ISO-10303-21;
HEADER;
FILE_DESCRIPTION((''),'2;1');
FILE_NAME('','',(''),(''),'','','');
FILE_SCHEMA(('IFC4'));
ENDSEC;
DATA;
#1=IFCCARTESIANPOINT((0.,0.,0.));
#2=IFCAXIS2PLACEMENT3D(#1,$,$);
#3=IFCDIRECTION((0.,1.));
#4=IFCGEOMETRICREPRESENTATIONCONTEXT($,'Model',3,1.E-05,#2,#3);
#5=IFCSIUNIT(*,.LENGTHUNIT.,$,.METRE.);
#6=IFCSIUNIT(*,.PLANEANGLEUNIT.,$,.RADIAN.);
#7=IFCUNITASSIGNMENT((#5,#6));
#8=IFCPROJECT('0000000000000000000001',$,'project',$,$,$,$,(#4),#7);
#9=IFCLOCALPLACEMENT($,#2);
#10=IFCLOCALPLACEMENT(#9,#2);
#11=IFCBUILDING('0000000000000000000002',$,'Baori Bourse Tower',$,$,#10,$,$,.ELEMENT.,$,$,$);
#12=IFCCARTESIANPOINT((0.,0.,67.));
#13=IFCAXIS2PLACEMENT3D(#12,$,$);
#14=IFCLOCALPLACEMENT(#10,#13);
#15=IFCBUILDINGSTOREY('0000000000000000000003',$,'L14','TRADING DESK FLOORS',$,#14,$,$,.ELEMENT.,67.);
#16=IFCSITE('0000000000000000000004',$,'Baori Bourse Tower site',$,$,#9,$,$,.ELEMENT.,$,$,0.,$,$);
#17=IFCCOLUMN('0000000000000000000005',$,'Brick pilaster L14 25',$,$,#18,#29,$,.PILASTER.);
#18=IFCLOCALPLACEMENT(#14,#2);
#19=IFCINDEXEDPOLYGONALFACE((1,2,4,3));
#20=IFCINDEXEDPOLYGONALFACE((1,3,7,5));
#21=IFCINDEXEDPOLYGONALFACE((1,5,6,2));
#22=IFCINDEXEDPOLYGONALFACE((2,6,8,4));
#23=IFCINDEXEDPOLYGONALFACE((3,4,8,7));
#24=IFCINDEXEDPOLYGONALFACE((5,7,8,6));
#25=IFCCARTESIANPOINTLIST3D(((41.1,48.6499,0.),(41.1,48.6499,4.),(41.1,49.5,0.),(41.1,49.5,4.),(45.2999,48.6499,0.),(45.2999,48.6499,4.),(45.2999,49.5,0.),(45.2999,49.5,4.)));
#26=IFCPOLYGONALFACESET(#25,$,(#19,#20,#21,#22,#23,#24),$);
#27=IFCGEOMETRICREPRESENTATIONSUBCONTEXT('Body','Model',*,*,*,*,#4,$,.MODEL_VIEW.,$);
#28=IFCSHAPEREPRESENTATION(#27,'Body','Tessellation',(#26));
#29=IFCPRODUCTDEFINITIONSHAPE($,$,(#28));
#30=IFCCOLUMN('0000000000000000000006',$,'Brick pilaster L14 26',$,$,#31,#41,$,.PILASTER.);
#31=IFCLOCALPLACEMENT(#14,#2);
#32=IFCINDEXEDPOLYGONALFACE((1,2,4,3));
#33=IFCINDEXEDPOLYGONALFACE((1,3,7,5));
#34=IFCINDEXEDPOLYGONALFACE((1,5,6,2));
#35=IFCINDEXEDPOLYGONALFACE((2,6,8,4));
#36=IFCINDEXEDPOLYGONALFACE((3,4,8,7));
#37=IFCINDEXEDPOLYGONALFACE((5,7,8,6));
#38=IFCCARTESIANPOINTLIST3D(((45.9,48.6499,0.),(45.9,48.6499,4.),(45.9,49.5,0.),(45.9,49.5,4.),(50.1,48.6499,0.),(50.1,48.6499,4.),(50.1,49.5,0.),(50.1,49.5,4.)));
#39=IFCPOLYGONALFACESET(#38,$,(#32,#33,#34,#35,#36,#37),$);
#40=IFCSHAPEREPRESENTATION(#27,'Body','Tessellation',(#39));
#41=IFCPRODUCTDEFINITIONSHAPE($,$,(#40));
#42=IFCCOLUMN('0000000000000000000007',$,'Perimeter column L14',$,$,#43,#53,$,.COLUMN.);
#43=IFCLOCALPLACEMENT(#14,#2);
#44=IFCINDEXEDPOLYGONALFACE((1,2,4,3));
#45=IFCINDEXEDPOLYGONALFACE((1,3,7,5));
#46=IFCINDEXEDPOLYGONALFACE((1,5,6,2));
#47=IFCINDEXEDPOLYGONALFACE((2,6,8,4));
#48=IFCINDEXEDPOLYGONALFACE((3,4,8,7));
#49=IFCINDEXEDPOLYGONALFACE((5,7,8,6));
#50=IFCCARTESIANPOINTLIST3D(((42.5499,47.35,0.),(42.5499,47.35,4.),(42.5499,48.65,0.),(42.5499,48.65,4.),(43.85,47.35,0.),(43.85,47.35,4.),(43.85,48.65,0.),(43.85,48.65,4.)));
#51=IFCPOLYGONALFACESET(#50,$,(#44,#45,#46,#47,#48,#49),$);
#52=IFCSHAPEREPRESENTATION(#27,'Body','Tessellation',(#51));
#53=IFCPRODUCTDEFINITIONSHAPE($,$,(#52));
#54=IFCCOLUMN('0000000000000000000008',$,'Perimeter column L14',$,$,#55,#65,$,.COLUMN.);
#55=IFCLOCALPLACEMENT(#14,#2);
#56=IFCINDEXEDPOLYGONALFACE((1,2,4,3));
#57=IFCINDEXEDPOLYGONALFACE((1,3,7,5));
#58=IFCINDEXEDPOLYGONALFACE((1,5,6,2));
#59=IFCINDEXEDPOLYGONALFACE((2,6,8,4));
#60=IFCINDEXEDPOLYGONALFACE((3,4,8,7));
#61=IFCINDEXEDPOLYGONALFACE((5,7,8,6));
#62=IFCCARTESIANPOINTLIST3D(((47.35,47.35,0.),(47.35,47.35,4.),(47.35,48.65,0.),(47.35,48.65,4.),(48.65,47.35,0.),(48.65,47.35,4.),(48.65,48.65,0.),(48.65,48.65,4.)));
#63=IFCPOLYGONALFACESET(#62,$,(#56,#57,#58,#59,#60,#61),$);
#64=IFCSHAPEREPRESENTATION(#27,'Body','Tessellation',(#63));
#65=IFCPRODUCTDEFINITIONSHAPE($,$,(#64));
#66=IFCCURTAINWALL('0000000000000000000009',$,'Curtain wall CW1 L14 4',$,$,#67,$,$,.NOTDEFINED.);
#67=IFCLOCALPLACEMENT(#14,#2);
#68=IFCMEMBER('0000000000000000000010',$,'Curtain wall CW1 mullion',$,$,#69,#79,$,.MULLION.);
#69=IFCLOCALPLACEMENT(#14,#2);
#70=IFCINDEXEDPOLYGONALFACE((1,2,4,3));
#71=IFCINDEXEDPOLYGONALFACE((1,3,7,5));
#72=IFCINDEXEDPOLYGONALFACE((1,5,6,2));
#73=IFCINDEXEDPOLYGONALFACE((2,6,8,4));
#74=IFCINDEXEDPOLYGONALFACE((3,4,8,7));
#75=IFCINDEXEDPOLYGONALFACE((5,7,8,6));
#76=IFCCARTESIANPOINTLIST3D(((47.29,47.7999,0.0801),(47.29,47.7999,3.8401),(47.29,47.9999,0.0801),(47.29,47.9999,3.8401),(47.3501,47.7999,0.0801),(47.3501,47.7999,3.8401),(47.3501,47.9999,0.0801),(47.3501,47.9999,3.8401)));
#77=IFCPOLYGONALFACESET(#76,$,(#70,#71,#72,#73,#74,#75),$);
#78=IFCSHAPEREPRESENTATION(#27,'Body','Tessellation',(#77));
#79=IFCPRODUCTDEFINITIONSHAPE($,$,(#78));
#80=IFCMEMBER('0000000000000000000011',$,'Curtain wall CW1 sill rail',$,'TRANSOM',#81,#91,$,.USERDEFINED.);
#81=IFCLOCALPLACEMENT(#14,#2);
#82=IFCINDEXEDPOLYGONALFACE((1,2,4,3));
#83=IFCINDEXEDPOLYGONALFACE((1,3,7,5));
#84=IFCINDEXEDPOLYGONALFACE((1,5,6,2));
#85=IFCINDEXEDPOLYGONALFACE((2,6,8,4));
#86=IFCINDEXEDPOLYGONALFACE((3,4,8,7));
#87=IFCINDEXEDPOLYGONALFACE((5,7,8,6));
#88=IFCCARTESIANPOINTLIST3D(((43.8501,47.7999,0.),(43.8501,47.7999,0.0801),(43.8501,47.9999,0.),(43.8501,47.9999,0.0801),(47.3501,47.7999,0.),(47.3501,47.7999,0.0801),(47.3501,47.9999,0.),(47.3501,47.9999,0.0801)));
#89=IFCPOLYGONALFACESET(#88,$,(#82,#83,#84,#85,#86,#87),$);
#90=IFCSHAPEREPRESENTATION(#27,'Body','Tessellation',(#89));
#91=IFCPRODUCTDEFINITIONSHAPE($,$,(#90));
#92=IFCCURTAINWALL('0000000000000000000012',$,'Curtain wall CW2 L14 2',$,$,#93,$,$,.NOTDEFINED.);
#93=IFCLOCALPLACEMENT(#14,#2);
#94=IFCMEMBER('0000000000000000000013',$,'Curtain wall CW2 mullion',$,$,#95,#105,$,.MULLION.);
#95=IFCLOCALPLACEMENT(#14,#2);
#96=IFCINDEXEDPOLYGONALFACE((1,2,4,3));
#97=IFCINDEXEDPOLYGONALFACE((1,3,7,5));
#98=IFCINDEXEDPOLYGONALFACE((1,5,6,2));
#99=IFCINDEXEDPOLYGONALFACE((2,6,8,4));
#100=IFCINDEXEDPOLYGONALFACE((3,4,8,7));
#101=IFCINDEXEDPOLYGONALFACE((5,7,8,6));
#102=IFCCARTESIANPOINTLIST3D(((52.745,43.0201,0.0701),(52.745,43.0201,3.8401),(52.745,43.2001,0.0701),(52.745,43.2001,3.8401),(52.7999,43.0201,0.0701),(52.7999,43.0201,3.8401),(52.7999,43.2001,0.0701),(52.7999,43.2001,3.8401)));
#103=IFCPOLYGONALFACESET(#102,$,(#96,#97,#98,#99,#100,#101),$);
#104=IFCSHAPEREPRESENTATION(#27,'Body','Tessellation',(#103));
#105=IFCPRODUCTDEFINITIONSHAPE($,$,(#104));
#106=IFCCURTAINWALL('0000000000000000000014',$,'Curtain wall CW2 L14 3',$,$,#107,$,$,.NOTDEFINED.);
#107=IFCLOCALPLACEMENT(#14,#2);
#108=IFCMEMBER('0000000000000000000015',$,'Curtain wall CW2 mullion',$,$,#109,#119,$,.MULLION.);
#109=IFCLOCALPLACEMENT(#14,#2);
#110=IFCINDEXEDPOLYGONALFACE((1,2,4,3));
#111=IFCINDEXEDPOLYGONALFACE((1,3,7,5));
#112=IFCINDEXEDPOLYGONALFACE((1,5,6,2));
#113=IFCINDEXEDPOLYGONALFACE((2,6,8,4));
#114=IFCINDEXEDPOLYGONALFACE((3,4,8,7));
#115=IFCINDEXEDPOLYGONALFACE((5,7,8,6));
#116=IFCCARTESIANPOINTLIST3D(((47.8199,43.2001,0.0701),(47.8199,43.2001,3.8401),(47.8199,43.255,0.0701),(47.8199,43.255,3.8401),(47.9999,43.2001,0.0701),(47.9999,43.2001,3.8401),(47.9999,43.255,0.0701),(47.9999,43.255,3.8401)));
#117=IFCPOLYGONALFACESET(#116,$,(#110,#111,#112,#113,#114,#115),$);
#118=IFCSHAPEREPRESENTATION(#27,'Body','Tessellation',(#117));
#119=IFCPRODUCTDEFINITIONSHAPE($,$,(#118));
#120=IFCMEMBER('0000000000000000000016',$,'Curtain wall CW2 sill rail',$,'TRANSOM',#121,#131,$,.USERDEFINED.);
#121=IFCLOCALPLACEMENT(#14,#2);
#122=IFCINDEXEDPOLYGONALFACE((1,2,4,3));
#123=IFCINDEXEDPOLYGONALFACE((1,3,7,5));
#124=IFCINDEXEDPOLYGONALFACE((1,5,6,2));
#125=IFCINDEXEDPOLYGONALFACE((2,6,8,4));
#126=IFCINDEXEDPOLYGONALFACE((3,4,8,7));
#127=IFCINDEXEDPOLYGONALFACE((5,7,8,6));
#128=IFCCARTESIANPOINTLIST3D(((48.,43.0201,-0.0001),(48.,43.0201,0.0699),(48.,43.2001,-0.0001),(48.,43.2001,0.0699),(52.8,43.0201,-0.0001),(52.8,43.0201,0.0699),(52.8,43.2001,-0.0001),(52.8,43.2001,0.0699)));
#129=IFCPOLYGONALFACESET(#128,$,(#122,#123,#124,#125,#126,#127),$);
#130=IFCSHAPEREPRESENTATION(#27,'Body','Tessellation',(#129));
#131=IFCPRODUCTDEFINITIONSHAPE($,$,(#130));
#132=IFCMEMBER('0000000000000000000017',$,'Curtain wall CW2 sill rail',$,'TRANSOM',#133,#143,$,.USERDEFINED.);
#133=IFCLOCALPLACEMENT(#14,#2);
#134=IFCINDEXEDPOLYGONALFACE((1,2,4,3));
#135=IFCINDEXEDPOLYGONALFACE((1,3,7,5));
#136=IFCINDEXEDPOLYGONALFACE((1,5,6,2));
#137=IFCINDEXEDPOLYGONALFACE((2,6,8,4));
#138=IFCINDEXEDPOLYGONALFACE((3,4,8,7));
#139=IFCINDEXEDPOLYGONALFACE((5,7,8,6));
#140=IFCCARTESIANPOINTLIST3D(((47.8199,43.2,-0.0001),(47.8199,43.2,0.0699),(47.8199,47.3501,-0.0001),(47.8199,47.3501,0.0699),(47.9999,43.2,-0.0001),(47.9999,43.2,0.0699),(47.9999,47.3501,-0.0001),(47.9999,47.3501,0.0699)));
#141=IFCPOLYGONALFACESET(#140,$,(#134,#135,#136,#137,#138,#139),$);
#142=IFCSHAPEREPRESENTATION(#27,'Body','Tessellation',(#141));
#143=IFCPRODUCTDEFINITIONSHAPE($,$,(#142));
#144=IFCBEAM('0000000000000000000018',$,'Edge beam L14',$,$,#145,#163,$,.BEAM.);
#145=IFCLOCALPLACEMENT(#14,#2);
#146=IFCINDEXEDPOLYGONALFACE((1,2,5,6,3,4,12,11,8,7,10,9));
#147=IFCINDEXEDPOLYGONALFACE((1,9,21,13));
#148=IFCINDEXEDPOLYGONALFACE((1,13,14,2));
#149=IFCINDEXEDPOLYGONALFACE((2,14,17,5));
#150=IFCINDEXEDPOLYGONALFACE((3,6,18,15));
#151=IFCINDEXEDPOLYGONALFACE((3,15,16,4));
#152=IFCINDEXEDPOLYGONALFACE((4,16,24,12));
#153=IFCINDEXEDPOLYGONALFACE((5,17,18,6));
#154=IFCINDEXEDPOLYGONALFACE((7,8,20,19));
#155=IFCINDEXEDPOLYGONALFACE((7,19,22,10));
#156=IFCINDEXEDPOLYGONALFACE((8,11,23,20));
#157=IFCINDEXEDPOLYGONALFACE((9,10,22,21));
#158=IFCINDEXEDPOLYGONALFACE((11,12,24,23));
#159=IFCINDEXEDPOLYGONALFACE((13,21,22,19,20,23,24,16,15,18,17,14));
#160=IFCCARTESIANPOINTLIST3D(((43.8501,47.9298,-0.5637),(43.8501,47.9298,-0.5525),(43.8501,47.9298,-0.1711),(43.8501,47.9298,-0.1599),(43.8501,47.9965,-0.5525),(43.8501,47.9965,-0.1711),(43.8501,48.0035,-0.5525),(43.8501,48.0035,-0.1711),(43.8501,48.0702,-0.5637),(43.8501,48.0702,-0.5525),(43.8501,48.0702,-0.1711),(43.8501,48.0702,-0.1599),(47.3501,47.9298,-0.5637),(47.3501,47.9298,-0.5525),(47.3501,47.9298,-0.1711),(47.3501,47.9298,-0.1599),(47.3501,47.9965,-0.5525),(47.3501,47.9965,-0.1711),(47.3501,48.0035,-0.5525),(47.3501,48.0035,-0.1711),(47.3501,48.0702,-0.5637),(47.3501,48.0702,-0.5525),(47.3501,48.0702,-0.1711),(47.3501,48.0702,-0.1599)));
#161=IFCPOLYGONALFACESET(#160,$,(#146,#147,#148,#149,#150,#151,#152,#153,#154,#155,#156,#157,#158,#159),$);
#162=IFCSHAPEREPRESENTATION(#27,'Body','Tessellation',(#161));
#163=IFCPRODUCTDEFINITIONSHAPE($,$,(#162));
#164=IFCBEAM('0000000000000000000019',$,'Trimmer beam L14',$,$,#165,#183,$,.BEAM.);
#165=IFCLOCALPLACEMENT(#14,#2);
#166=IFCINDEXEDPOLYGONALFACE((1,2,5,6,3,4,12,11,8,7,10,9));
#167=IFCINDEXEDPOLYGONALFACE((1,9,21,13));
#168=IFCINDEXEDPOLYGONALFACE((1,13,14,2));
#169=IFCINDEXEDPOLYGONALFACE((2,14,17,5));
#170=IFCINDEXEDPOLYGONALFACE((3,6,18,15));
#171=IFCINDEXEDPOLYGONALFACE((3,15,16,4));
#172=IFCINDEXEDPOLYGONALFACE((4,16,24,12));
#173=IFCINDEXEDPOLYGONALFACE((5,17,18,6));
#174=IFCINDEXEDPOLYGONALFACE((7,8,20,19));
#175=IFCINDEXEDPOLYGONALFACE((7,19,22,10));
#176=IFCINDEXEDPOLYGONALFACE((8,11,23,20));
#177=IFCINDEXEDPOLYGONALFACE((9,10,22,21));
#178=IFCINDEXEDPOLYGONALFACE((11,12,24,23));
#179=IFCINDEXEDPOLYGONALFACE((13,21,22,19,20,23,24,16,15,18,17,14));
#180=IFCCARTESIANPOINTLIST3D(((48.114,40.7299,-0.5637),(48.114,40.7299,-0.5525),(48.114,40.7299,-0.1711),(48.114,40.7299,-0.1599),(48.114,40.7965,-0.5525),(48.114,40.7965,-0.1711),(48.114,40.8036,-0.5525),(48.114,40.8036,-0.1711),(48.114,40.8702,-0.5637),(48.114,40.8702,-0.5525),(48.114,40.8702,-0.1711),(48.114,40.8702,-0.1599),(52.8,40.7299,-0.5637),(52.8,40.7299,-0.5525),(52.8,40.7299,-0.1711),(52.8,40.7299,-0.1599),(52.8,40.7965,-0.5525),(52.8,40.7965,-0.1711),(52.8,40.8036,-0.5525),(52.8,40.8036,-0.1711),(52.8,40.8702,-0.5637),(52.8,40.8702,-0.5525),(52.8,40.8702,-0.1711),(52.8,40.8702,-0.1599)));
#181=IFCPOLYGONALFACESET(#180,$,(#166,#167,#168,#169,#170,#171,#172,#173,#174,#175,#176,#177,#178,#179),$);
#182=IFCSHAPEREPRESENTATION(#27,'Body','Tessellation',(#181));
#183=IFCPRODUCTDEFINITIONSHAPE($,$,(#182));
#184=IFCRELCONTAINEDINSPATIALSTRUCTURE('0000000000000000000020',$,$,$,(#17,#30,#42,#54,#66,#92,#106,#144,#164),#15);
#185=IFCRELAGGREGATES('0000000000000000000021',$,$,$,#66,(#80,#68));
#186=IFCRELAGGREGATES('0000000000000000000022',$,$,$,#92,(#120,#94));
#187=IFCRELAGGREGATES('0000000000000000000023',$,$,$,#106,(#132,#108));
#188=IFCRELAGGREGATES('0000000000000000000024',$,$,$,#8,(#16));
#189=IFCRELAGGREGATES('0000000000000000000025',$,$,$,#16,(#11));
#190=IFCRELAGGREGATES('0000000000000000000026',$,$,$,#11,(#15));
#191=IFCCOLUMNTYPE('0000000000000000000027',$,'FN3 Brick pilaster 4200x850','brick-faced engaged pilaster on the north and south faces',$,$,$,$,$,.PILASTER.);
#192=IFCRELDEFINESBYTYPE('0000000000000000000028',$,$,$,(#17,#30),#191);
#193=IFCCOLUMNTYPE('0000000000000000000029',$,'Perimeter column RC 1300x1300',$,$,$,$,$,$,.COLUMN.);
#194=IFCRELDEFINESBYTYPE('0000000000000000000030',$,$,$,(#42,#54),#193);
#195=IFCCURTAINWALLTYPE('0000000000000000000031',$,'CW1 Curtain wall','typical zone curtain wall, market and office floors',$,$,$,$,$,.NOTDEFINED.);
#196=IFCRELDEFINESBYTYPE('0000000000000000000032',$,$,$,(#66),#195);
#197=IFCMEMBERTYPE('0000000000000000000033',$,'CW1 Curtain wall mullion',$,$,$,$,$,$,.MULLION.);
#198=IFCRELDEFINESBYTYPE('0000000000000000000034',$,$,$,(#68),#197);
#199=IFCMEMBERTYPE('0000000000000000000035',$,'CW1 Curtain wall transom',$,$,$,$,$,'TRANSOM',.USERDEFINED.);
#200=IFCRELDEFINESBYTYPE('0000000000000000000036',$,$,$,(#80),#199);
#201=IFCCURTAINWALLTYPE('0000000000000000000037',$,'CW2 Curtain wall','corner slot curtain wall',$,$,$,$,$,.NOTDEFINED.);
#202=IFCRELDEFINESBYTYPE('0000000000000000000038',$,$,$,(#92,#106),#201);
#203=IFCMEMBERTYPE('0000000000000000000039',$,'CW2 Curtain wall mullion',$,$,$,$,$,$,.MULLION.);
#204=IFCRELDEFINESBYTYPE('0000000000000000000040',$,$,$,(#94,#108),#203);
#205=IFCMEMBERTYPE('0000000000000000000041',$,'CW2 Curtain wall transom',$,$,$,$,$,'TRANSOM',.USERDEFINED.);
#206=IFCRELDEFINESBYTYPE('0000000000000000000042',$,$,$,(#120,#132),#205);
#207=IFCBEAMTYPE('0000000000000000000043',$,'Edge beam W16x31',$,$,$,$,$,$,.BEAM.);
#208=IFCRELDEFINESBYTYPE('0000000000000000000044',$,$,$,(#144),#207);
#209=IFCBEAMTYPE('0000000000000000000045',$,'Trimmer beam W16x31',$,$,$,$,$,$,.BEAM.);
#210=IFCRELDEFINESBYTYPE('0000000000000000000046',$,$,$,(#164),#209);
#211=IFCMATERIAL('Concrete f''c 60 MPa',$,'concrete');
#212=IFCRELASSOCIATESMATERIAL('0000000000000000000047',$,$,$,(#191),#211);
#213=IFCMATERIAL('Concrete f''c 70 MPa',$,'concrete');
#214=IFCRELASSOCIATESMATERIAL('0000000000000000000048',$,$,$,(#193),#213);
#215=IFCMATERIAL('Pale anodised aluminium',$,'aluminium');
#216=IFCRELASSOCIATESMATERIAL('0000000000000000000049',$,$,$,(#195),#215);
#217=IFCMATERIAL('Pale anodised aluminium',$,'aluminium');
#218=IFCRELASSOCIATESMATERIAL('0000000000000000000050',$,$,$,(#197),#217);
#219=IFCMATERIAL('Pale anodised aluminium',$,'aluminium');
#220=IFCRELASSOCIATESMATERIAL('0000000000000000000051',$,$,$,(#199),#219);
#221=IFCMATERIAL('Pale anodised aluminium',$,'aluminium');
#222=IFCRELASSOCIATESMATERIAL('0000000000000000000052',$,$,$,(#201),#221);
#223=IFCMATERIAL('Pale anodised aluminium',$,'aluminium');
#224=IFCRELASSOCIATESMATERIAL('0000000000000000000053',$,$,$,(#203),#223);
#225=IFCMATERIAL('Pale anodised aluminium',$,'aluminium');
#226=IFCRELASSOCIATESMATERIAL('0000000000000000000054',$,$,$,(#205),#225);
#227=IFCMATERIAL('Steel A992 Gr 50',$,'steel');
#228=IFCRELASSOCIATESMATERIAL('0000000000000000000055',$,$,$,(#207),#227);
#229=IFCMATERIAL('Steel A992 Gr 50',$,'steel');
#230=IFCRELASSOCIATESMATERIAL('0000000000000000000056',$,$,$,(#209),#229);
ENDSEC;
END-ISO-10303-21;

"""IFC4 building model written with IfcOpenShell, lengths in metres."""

from ifc_helpers import new_model, si_unit, direction, frame, origin, origin_2d, place, context, subcontext, project, spatial, rectangle, i_section, extrude, material, material_profile, profile_set, type_object, element, aggregate, save


model = new_model("IFC4")

# Units and contexts
model_context = context("Model", 3, precision=1e-05, world=origin(), true_north=direction((0.0, 1.0)))
body_context = subcontext(model_context, "Body", "Model", "MODEL_VIEW")
ifc_project = project(units=[si_unit("LENGTHUNIT", "METRE"), si_unit("PLANEANGLEUNIT", "RADIAN")], contexts=[model_context])

# Site, building, storey
site_placement = place(None, origin())
site = spatial("IfcSite", under=ifc_project, at=site_placement, Name="Baori Bourse Tower site", CompositionType="ELEMENT", RefElevation=0.0)
building_placement = place(site_placement, origin())
building = spatial("IfcBuilding", under=site, at=building_placement, Name="Baori Bourse Tower", CompositionType="ELEMENT")
storey_placement = place(building_placement, frame((0.0, 0.0, 67.0)))
storey = spatial("IfcBuildingStorey", under=building, at=storey_placement, Name="L14", Description="TRADING DESK FLOORS", CompositionType="ELEMENT", Elevation=67.0)

# Columns
ifc_material_1 = material(Name="Concrete f'c 60 MPa", Category="concrete")
ifc_material_profile_1 = material_profile(ifc_material_1, rectangle(XDim=4.2, YDim=0.8501, at=origin_2d()), Name="RC 4200x850")
ifc_profile_set_1 = profile_set([ifc_material_profile_1], Name="Concrete f'c 60 MPa")
column_type_1 = type_object("IfcColumnType", Name="FN3 Brick pilaster 4200x850", Description="brick-faced engaged pilaster on the north and south faces", PredefinedType="PILASTER", material=ifc_profile_set_1)
for number, where, z_axis, x_axis, name in (
    (1, (43.2, 49.075, 0.0), (0.0, 0.0, 1.0), (1.0, 0.0, 0.0), "Brick pilaster L14 25"),
    (2, (48.0, 49.075, 0.0), (0.0, 0.0, 1.0), (1.0, 0.0, 0.0), "Brick pilaster L14 26"),
):
    element("IfcColumn", number, at=place(storey_placement, frame(where, z_axis=z_axis, x_axis=x_axis)), inside=storey, type_object=column_type_1, Name=name, PredefinedType="PILASTER", context=body_context, shape_type="SweptSolid", body=[
        extrude(rectangle(XDim=4.2, YDim=0.8501, at=origin_2d()), origin(), (0.0, 0.0, 1.0), 4.0),
    ])
ifc_material_2 = material(Name="Concrete f'c 70 MPa", Category="concrete")
ifc_material_profile_2 = material_profile(ifc_material_2, rectangle(XDim=1.3, YDim=1.3, at=origin_2d()), Name="RC 1300x1300")
ifc_profile_set_2 = profile_set([ifc_material_profile_2], Name="Concrete f'c 70 MPa")
column_type_2 = type_object("IfcColumnType", Name="Perimeter column RC 1300x1300", PredefinedType="COLUMN", material=ifc_profile_set_2)
for number, where, z_axis, x_axis, name in (
    (3, (43.2, 48.0, 0.0), (0.0, 0.0, 1.0), (1.0, 0.0, 0.0), "Perimeter column L14"),
    (4, (48.0, 48.0, 0.0), (0.0, 0.0, 1.0), (1.0, 0.0, 0.0), "Perimeter column L14"),
):
    element("IfcColumn", number, at=place(storey_placement, frame(where, z_axis=z_axis, x_axis=x_axis)), inside=storey, type_object=column_type_2, Name=name, PredefinedType="COLUMN", context=body_context, shape_type="SweptSolid", body=[
        extrude(rectangle(XDim=1.3, YDim=1.3, at=origin_2d()), origin(), (0.0, 0.0, 1.0), 4.0),
    ])

# Curtain wall, members
ifc_material_3 = material(Name="Pale anodised aluminium", Category="aluminium")
curtain_wall_type_1 = type_object("IfcCurtainWallType", Name="CW1 Curtain wall", Description="typical zone curtain wall, market and office floors", PredefinedType="NOTDEFINED", material=ifc_material_3)
curtain_wall_1_placement = place(storey_placement, origin())
curtain_wall_1 = element("IfcCurtainWall", 5, at=curtain_wall_1_placement, inside=storey, type_object=curtain_wall_type_1, Name="Curtain wall CW1 L14 4", PredefinedType="NOTDEFINED")
ifc_material_4 = material(Name="Pale anodised aluminium", Category="aluminium")
ifc_material_profile_3 = material_profile(ifc_material_4, rectangle(XDim=0.2, YDim=0.0601, at=origin_2d()), Name="Mullion 60x200")
ifc_profile_set_3 = profile_set([ifc_material_profile_3], Name="Pale anodised aluminium")
member_type_1 = type_object("IfcMemberType", Name="CW1 Curtain wall mullion", PredefinedType="MULLION", material=ifc_profile_set_3)
member_1_placement = place(storey_placement, frame((47.3201, 47.8999, 0.0801), z_axis=(0.0, 0.0, 1.0), x_axis=(0.0, -1.0, 0.0)))
member_1 = element("IfcMember", 6, at=member_1_placement, type_object=member_type_1, Name="Curtain wall CW1 mullion", PredefinedType="MULLION", context=body_context, shape_type="SweptSolid", body=[
    extrude(rectangle(XDim=0.2, YDim=0.0601, at=origin_2d()), origin(), (0.0, 0.0, 1.0), 3.76),
])
ifc_material_5 = material(Name="Pale anodised aluminium", Category="aluminium")
ifc_material_profile_4 = material_profile(ifc_material_5, rectangle(XDim=0.2, YDim=0.0801, at=origin_2d()), Name="Transom 80x200")
ifc_profile_set_4 = profile_set([ifc_material_profile_4], Name="Pale anodised aluminium")
member_type_2 = type_object("IfcMemberType", Name="CW1 Curtain wall transom", ElementType="TRANSOM", PredefinedType="USERDEFINED", material=ifc_profile_set_4)
member_2_placement = place(storey_placement, frame((47.3501, 47.8999, 0.04), z_axis=(-1.0, 0.0, 0.0), x_axis=(0.0, -1.0, 0.0)))
member_2 = element("IfcMember", 7, at=member_2_placement, type_object=member_type_2, Name="Curtain wall CW1 sill rail", ObjectType="TRANSOM", PredefinedType="USERDEFINED", context=body_context, shape_type="SweptSolid", body=[
    extrude(rectangle(XDim=0.2, YDim=0.0801, at=origin_2d()), origin(), (0.0, 0.0, 1.0), 3.5),
])

# Curtain walls, members
ifc_material_6 = material(Name="Pale anodised aluminium", Category="aluminium")
curtain_wall_type_2 = type_object("IfcCurtainWallType", Name="CW2 Curtain wall", Description="corner slot curtain wall", PredefinedType="NOTDEFINED", material=ifc_material_6)
curtain_wall_2_placement = place(storey_placement, origin())
curtain_wall_2 = element("IfcCurtainWall", 8, at=curtain_wall_2_placement, inside=storey, type_object=curtain_wall_type_2, Name="Curtain wall CW2 L14 2", PredefinedType="NOTDEFINED")
ifc_material_7 = material(Name="Pale anodised aluminium", Category="aluminium")
ifc_material_profile_5 = material_profile(ifc_material_7, rectangle(XDim=0.1799, YDim=0.0549, at=origin_2d()), Name="Mullion 55x180")
ifc_profile_set_5 = profile_set([ifc_material_profile_5], Name="Pale anodised aluminium")
member_type_3 = type_object("IfcMemberType", Name="CW2 Curtain wall mullion", PredefinedType="MULLION", material=ifc_profile_set_5)
member_3_placement = place(storey_placement, frame((52.7725, 43.1101, 0.0701), z_axis=(0.0, 0.0, 1.0), x_axis=(0.0, -1.0, 0.0)))
member_3 = element("IfcMember", 9, at=member_3_placement, type_object=member_type_3, Name="Curtain wall CW2 mullion", PredefinedType="MULLION", context=body_context, shape_type="SweptSolid", body=[
    extrude(rectangle(XDim=0.1799, YDim=0.0549, at=origin_2d()), origin(), (0.0, 0.0, 1.0), 3.77),
])
curtain_wall_3_placement = place(storey_placement, origin())
curtain_wall_3 = element("IfcCurtainWall", 10, at=curtain_wall_3_placement, inside=storey, type_object=curtain_wall_type_2, Name="Curtain wall CW2 L14 3", PredefinedType="NOTDEFINED")
member_4_placement = place(storey_placement, frame((47.9099, 43.2275, 0.0701), z_axis=(0.0, 0.0, 1.0), x_axis=(-1.0, 0.0, 0.0)))
member_4 = element("IfcMember", 11, at=member_4_placement, type_object=member_type_3, Name="Curtain wall CW2 mullion", PredefinedType="MULLION", context=body_context, shape_type="SweptSolid", body=[
    extrude(rectangle(XDim=0.1799, YDim=0.0549, at=origin_2d()), origin(), (0.0, 0.0, 1.0), 3.77),
])

# Members
ifc_material_8 = material(Name="Pale anodised aluminium", Category="aluminium")
ifc_material_profile_6 = material_profile(ifc_material_8, rectangle(XDim=0.1799, YDim=0.0701, at=origin_2d()), Name="Transom 70x180")
ifc_profile_set_6 = profile_set([ifc_material_profile_6], Name="Pale anodised aluminium")
member_type_4 = type_object("IfcMemberType", Name="CW2 Curtain wall transom", ElementType="TRANSOM", PredefinedType="USERDEFINED", material=ifc_profile_set_6)
member_5_placement = place(storey_placement, frame((52.8, 43.1101, 0.0349), z_axis=(-1.0, 0.0, 0.0), x_axis=(0.0, -1.0, 0.0)))
member_5 = element("IfcMember", 12, at=member_5_placement, type_object=member_type_4, Name="Curtain wall CW2 sill rail", ObjectType="TRANSOM", PredefinedType="USERDEFINED", context=body_context, shape_type="SweptSolid", body=[
    extrude(rectangle(XDim=0.1799, YDim=0.0701, at=origin_2d()), origin(), (0.0, 0.0, 1.0), 4.8),
])
member_6_placement = place(storey_placement, frame((47.9099, 43.2, 0.0349), z_axis=(0.0, 1.0, 0.0), x_axis=(-1.0, 0.0, 0.0)))
member_6 = element("IfcMember", 13, at=member_6_placement, type_object=member_type_4, Name="Curtain wall CW2 sill rail", ObjectType="TRANSOM", PredefinedType="USERDEFINED", context=body_context, shape_type="SweptSolid", body=[
    extrude(rectangle(XDim=0.1799, YDim=0.0701, at=origin_2d()), origin(), (0.0, 0.0, 1.0), 4.1501),
])

# Beams
ifc_material_9 = material(Name="Steel A992 Gr 50", Category="steel")
ifc_material_profile_7 = material_profile(ifc_material_9, i_section(OverallWidth=0.1404, OverallDepth=0.4038, WebThickness=0.0071, FlangeThickness=0.0112, at=origin_2d()), Name="W16x31")
ifc_profile_set_7 = profile_set([ifc_material_profile_7], Name="Steel A992 Gr 50")
beam_type_1 = type_object("IfcBeamType", Name="Edge beam W16x31", PredefinedType="BEAM", material=ifc_profile_set_7)
beam_1_placement = place(storey_placement, frame((43.8501, 48.0, -0.3618), z_axis=(1.0, 0.0, 0.0), x_axis=(0.0, 1.0, 0.0)))
element("IfcBeam", 14, at=beam_1_placement, inside=storey, type_object=beam_type_1, Name="Edge beam L14", PredefinedType="BEAM", context=body_context, shape_type="SweptSolid", body=[
    extrude(i_section(OverallWidth=0.1404, OverallDepth=0.4038, WebThickness=0.0071, FlangeThickness=0.0112, at=origin_2d()), origin(), (0.0, 0.0, 1.0), 3.5),
])
ifc_material_10 = material(Name="Steel A992 Gr 50", Category="steel")
ifc_material_profile_8 = material_profile(ifc_material_10, i_section(OverallWidth=0.1404, OverallDepth=0.4038, WebThickness=0.0071, FlangeThickness=0.0112, at=origin_2d()), Name="W16x31")
ifc_profile_set_8 = profile_set([ifc_material_profile_8], Name="Steel A992 Gr 50")
beam_type_2 = type_object("IfcBeamType", Name="Trimmer beam W16x31", PredefinedType="BEAM", material=ifc_profile_set_8)
beam_2_placement = place(storey_placement, frame((48.114, 40.8, -0.3618), z_axis=(1.0, 0.0, 0.0), x_axis=(0.0, 1.0, 0.0)))
element("IfcBeam", 15, at=beam_2_placement, inside=storey, type_object=beam_type_2, Name="Trimmer beam L14", PredefinedType="BEAM", context=body_context, shape_type="SweptSolid", body=[
    extrude(i_section(OverallWidth=0.1404, OverallDepth=0.4038, WebThickness=0.0071, FlangeThickness=0.0112, at=origin_2d()), origin(), (0.0, 0.0, 1.0), 4.686),
])

aggregate(curtain_wall_1, [member_2, member_1])

aggregate(curtain_wall_2, [member_5, member_3])
aggregate(curtain_wall_3, [member_6, member_4])

save(model, "model.ifc")
